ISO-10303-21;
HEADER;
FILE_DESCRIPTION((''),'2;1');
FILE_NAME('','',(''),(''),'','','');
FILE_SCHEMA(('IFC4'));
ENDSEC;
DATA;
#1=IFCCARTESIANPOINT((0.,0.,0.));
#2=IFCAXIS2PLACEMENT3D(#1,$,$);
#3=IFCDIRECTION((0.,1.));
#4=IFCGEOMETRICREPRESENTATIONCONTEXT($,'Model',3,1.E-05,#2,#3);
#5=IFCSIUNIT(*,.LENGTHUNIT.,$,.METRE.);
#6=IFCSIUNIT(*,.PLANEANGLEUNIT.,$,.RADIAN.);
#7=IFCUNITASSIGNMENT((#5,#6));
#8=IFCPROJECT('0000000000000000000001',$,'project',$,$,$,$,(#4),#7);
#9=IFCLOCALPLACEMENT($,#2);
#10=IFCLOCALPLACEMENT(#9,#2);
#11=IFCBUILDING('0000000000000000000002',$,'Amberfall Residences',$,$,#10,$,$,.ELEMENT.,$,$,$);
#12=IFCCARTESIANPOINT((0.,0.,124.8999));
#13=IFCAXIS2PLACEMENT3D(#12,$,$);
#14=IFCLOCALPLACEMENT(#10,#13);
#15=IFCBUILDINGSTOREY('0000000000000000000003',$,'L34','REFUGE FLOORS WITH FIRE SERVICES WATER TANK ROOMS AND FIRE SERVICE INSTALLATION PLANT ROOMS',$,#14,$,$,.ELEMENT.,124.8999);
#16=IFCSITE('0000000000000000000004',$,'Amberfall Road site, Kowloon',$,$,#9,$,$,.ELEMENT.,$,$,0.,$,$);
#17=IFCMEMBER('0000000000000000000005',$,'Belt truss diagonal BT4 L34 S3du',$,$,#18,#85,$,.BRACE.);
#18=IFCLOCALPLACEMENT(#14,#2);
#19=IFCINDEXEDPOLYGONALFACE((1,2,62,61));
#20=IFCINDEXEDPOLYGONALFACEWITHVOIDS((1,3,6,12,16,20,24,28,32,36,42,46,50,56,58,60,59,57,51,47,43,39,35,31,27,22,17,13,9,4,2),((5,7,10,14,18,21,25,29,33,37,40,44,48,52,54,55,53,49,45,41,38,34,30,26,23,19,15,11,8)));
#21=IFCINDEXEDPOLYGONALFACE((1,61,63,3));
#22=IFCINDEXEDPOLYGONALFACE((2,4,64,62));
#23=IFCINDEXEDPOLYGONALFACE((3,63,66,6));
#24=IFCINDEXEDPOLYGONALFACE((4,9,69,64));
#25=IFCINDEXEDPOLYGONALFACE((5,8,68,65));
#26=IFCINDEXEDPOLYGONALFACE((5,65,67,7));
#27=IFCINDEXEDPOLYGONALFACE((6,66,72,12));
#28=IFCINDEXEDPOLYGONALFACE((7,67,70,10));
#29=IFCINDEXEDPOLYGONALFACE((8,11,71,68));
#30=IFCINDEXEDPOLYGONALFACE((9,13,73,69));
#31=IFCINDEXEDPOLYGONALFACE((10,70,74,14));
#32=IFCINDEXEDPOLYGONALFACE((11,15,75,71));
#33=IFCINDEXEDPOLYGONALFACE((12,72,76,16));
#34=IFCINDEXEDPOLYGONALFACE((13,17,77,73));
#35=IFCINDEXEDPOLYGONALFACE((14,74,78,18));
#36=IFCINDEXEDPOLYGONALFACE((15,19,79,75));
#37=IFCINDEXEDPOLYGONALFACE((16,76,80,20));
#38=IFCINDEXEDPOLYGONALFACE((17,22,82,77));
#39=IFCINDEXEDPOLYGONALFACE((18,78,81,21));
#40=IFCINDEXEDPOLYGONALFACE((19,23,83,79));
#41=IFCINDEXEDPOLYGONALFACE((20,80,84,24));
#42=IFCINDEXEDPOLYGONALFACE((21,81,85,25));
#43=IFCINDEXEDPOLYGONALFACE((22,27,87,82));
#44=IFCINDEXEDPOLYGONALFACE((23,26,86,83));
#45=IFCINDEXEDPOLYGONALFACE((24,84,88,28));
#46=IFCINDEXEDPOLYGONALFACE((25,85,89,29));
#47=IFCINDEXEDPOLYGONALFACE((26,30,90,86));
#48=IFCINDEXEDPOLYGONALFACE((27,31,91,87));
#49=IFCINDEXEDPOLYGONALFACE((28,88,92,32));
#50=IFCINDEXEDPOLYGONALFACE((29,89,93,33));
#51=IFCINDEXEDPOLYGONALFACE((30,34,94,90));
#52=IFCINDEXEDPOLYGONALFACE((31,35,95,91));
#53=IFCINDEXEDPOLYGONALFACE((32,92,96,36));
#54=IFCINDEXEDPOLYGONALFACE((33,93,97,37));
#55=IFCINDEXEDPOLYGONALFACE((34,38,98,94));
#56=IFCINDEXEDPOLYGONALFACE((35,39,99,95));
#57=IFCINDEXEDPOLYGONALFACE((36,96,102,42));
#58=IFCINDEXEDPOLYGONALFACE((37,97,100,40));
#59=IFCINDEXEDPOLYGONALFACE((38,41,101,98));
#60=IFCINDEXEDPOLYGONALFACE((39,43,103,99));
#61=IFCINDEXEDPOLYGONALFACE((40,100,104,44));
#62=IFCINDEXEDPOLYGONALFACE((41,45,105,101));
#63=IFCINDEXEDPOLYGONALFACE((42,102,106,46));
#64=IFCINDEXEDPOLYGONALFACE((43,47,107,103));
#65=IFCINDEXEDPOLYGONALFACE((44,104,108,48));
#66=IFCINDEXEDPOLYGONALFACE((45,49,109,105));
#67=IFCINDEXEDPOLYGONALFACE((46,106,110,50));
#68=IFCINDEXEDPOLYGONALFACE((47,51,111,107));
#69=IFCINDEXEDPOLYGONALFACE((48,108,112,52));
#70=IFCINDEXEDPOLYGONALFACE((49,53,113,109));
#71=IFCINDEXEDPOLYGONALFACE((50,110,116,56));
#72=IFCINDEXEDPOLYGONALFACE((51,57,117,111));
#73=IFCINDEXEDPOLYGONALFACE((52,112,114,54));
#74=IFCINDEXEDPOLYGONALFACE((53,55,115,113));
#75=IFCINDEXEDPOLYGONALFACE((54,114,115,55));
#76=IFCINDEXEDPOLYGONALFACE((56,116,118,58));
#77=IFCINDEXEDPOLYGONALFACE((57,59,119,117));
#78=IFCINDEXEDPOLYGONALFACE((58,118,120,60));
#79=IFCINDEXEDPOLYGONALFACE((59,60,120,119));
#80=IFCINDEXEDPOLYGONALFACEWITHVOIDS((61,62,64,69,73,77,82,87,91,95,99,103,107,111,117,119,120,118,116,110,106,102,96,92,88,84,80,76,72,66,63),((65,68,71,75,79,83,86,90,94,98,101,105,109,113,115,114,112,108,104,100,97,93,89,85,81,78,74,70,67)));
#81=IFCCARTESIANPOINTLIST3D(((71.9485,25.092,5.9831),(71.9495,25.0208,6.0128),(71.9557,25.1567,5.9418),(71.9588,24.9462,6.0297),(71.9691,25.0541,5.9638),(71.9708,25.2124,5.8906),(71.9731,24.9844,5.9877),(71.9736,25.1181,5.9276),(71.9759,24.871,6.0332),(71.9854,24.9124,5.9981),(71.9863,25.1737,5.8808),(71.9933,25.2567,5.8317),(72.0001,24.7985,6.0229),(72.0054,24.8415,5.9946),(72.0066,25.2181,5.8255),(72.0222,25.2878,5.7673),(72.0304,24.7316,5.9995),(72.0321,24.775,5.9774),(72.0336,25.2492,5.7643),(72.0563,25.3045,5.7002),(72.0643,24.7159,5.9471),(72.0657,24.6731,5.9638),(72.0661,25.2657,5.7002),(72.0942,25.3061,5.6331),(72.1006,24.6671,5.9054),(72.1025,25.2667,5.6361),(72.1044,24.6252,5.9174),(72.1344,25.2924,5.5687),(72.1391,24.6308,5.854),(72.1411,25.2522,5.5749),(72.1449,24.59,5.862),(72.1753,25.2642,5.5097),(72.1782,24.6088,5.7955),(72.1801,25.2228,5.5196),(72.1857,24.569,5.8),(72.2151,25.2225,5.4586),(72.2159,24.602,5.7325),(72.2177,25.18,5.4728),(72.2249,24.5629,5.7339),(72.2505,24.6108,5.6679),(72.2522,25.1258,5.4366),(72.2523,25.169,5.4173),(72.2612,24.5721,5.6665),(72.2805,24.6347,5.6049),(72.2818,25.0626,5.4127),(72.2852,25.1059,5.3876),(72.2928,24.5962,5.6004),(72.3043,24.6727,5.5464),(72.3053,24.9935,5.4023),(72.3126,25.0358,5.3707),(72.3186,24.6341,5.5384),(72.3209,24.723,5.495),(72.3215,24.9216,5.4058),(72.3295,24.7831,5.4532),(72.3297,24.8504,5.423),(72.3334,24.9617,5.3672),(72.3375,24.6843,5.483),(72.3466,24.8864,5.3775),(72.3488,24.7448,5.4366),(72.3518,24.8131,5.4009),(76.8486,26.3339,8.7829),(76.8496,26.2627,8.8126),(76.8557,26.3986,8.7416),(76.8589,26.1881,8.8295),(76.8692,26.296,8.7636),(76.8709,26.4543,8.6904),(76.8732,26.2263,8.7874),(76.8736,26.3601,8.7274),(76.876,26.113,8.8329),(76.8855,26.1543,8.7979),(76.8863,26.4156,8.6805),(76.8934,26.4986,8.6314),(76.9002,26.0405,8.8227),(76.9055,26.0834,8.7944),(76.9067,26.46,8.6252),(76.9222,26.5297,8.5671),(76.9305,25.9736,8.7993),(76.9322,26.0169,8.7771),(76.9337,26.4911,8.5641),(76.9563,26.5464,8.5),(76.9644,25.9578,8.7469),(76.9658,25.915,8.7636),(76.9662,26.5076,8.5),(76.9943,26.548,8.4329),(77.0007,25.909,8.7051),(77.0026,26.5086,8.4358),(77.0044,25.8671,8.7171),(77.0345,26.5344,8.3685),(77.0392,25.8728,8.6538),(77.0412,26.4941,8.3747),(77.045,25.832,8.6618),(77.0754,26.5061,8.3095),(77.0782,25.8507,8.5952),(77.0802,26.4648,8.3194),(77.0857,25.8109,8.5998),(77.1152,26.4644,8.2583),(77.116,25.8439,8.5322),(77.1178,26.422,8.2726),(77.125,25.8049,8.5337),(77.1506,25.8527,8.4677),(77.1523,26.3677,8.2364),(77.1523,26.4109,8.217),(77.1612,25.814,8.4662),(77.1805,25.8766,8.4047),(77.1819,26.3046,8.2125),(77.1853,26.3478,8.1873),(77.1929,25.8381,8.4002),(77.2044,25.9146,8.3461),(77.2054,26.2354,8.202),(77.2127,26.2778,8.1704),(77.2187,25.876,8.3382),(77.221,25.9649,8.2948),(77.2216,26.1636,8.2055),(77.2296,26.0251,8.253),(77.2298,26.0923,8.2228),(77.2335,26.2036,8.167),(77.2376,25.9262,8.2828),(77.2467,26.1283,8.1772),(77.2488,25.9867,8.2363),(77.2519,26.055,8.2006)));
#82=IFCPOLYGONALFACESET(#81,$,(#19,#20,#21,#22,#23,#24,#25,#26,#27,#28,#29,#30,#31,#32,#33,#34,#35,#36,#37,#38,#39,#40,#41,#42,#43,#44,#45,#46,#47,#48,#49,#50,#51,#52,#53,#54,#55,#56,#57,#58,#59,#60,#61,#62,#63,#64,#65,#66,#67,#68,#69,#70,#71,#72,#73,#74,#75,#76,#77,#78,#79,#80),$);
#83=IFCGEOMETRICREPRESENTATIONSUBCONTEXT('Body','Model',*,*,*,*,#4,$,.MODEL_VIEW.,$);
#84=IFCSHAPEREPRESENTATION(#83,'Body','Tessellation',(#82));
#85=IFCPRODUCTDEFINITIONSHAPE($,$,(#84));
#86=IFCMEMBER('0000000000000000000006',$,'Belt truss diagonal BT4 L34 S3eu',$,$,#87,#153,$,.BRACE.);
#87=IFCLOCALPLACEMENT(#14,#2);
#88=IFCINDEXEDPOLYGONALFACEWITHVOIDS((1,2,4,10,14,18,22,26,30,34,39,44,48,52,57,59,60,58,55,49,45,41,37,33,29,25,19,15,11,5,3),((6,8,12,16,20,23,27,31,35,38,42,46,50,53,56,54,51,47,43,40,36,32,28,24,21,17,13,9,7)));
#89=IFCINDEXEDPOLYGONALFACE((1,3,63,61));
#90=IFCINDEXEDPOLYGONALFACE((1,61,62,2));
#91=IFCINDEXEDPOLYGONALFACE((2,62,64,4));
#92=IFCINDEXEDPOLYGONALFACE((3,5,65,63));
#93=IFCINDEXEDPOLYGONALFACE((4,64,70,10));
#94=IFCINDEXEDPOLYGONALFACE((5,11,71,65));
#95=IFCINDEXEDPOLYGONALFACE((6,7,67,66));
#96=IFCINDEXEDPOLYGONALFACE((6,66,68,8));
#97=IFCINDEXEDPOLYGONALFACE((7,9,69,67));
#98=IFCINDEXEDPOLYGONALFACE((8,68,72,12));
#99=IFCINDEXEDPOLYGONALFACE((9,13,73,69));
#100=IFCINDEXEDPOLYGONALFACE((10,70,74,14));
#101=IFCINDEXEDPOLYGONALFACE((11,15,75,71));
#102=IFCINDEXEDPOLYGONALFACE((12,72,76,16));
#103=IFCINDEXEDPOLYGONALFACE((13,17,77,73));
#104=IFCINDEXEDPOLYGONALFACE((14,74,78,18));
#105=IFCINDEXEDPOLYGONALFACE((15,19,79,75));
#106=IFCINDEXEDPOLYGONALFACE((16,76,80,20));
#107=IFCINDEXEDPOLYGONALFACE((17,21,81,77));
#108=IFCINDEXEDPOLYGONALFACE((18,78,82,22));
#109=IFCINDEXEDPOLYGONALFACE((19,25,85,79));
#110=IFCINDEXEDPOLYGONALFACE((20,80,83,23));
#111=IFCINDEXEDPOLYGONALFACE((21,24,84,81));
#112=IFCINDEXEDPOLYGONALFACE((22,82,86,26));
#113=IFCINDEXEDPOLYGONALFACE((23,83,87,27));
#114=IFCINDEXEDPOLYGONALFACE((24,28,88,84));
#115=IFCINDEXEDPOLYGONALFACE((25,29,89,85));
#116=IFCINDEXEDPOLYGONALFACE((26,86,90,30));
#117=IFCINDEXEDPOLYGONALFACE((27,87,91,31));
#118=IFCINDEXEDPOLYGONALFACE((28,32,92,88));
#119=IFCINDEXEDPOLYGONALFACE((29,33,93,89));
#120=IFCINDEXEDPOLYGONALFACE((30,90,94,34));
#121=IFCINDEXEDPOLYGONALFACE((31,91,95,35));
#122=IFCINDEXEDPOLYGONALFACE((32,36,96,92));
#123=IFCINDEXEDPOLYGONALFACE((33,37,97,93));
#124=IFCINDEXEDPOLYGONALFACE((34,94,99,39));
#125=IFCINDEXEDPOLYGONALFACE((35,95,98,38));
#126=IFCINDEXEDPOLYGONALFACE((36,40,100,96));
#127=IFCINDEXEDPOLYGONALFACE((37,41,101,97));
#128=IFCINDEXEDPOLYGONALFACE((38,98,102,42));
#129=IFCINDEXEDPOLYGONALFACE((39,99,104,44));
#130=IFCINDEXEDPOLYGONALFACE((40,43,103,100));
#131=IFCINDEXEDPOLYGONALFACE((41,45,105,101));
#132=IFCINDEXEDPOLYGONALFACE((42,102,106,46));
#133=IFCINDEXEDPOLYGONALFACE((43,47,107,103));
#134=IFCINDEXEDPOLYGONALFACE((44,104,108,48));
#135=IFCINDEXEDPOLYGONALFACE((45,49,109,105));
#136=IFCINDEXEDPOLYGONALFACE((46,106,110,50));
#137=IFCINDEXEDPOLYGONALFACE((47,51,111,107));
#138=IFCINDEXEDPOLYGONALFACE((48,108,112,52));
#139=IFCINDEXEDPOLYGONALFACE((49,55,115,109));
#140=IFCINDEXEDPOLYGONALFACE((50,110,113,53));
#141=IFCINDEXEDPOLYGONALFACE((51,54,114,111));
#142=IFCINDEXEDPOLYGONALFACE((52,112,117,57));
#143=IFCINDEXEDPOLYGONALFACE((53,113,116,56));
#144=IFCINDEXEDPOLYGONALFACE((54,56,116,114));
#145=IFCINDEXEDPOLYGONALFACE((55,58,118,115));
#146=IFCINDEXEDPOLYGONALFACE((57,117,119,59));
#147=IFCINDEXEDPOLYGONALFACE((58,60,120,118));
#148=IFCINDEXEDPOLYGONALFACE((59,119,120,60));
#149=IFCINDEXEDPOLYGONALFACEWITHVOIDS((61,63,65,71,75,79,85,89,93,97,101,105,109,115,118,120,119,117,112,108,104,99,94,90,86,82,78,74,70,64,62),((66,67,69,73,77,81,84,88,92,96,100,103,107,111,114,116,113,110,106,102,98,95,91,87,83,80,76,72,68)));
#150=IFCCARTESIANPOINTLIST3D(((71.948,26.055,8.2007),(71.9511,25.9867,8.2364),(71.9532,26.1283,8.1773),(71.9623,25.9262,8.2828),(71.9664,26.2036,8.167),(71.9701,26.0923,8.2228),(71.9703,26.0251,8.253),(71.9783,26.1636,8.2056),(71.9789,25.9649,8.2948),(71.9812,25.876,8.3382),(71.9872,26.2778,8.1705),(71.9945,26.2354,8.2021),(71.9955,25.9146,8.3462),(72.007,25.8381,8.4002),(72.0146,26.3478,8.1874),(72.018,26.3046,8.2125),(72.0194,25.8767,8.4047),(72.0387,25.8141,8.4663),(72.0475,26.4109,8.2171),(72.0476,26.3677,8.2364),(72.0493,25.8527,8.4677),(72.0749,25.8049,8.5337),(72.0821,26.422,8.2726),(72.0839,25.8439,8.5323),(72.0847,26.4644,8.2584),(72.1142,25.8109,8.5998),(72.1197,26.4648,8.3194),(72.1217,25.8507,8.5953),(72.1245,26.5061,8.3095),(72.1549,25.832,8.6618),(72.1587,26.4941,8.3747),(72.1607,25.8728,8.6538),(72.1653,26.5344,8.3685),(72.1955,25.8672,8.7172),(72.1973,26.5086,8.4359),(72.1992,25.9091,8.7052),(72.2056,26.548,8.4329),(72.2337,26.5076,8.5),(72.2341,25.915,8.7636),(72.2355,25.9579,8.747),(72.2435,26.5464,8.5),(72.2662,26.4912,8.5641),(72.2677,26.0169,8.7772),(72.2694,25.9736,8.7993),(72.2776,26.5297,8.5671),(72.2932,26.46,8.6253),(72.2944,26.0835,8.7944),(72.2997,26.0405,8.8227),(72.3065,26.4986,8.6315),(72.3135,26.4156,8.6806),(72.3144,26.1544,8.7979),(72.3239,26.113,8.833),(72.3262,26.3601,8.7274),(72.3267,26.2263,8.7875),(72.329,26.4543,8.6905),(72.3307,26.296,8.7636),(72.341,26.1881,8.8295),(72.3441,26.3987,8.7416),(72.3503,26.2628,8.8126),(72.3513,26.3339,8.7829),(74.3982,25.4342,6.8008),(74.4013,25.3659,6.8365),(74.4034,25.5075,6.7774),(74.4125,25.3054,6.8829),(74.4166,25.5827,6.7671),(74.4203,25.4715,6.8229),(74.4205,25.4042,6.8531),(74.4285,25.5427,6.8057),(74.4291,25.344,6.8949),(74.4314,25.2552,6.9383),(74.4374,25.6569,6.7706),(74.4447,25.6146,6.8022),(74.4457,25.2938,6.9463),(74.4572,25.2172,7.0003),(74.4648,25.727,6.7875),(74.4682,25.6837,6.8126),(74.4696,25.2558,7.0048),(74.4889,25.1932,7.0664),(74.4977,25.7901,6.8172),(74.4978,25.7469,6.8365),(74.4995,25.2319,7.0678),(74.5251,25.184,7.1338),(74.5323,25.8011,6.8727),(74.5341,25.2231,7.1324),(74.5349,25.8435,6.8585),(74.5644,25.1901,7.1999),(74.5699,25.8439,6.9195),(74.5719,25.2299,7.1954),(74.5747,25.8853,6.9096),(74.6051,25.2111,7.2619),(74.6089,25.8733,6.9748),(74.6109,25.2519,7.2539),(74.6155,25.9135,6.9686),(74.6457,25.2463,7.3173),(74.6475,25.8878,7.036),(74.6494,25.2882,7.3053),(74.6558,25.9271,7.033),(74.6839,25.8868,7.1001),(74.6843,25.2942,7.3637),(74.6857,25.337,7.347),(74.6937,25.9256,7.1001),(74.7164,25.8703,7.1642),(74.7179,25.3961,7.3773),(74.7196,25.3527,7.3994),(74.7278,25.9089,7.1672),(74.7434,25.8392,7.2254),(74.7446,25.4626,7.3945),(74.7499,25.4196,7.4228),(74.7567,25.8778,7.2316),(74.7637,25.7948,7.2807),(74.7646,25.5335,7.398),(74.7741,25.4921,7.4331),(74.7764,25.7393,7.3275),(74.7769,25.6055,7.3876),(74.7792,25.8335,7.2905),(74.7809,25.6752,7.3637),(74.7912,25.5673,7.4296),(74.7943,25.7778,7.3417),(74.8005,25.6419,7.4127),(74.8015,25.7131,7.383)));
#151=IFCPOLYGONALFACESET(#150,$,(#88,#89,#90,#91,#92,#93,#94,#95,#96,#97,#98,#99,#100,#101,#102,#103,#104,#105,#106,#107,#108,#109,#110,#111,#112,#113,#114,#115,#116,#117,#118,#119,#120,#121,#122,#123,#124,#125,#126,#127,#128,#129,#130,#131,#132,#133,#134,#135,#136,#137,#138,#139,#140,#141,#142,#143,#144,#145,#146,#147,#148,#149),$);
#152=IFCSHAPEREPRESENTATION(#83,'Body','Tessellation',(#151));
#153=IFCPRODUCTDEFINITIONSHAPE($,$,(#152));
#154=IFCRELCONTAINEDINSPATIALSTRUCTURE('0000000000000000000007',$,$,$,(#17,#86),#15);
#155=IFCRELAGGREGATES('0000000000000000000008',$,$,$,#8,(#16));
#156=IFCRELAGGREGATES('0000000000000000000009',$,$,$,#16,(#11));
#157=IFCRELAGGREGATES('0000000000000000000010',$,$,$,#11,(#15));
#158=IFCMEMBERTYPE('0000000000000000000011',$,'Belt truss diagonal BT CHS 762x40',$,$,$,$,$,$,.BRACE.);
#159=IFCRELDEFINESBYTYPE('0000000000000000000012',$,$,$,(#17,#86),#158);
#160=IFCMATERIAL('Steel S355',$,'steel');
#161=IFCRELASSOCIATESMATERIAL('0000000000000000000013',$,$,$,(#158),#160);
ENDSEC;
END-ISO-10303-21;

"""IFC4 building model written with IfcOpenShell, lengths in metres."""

from ifc_helpers import new_model, si_unit, direction, frame, origin, origin_2d, place, context, subcontext, project, spatial, hollow_circle, extrude, material, material_profile, profile_set, type_object, element, save


model = new_model("IFC4")

# Units and contexts
model_context = context("Model", 3, precision=1e-05, world=origin(), true_north=direction((0.0, 1.0)))
body_context = subcontext(model_context, "Body", "Model", "MODEL_VIEW")
ifc_project = project(units=[si_unit("LENGTHUNIT", "METRE"), si_unit("PLANEANGLEUNIT", "RADIAN")], contexts=[model_context])

# Site, building, storey
site_placement = place(None, origin())
site = spatial("IfcSite", under=ifc_project, at=site_placement, Name="Amberfall Road site, Kowloon", CompositionType="ELEMENT", RefElevation=0.0)
building_placement = place(site_placement, origin())
building = spatial("IfcBuilding", under=site, at=building_placement, Name="Amberfall Residences", CompositionType="ELEMENT")
storey_placement = place(building_placement, frame((0.0, 0.0, 124.8999)))
storey = spatial("IfcBuildingStorey", under=building, at=storey_placement, Name="L34", Description="REFUGE FLOORS WITH FIRE SERVICES WATER TANK ROOMS AND FIRE SERVICE INSTALLATION PLANT ROOMS", CompositionType="ELEMENT", Elevation=124.8999)

# Shared definitions
ifc_material_1 = material(Name="Steel S355", Category="steel")

# Members
ifc_material_profile_1 = material_profile(ifc_material_1, hollow_circle(Radius=0.3811, WallThickness=0.04, at=origin_2d()), Name="CHS 762x40")
ifc_profile_set_1 = profile_set([ifc_material_profile_1], Name="Steel S355")
member_type_1 = type_object("IfcMemberType", Name="Belt truss diagonal BT CHS 762x40", PredefinedType="BRACE", material=ifc_profile_set_1)
member_1_placement = place(storey_placement, frame((72.1499, 24.9351, 5.7002), z_axis=(0.847975, 0.214919, 0.484509), x_axis=(-0.245682, 0.96935, 0.0)))
element("IfcMember", 1, at=member_1_placement, inside=storey, type_object=member_type_1, Name="Belt truss diagonal BT4 L34 S3du", PredefinedType="BRACE", context=body_context, shape_type="SweptSolid", body=[
    extrude(hollow_circle(Radius=0.3811, WallThickness=0.04, at=origin_2d()), origin(), (0.0, 0.0, 1.0), 5.7786),
])
member_2_placement = place(storey_placement, frame((72.1499, 26.177, 8.5), z_axis=(0.847994, -0.214871, -0.484496), x_axis=(0.245625, 0.969365, 0.0)))
element("IfcMember", 2, at=member_2_placement, inside=storey, type_object=member_type_1, Name="Belt truss diagonal BT4 L34 S3eu", PredefinedType="BRACE", context=body_context, shape_type="SweptSolid", body=[
    extrude(hollow_circle(Radius=0.3811, WallThickness=0.04, at=origin_2d()), origin(), (0.0, 0.0, 1.0), 2.8894),
])

save(model, "model.ifc")
